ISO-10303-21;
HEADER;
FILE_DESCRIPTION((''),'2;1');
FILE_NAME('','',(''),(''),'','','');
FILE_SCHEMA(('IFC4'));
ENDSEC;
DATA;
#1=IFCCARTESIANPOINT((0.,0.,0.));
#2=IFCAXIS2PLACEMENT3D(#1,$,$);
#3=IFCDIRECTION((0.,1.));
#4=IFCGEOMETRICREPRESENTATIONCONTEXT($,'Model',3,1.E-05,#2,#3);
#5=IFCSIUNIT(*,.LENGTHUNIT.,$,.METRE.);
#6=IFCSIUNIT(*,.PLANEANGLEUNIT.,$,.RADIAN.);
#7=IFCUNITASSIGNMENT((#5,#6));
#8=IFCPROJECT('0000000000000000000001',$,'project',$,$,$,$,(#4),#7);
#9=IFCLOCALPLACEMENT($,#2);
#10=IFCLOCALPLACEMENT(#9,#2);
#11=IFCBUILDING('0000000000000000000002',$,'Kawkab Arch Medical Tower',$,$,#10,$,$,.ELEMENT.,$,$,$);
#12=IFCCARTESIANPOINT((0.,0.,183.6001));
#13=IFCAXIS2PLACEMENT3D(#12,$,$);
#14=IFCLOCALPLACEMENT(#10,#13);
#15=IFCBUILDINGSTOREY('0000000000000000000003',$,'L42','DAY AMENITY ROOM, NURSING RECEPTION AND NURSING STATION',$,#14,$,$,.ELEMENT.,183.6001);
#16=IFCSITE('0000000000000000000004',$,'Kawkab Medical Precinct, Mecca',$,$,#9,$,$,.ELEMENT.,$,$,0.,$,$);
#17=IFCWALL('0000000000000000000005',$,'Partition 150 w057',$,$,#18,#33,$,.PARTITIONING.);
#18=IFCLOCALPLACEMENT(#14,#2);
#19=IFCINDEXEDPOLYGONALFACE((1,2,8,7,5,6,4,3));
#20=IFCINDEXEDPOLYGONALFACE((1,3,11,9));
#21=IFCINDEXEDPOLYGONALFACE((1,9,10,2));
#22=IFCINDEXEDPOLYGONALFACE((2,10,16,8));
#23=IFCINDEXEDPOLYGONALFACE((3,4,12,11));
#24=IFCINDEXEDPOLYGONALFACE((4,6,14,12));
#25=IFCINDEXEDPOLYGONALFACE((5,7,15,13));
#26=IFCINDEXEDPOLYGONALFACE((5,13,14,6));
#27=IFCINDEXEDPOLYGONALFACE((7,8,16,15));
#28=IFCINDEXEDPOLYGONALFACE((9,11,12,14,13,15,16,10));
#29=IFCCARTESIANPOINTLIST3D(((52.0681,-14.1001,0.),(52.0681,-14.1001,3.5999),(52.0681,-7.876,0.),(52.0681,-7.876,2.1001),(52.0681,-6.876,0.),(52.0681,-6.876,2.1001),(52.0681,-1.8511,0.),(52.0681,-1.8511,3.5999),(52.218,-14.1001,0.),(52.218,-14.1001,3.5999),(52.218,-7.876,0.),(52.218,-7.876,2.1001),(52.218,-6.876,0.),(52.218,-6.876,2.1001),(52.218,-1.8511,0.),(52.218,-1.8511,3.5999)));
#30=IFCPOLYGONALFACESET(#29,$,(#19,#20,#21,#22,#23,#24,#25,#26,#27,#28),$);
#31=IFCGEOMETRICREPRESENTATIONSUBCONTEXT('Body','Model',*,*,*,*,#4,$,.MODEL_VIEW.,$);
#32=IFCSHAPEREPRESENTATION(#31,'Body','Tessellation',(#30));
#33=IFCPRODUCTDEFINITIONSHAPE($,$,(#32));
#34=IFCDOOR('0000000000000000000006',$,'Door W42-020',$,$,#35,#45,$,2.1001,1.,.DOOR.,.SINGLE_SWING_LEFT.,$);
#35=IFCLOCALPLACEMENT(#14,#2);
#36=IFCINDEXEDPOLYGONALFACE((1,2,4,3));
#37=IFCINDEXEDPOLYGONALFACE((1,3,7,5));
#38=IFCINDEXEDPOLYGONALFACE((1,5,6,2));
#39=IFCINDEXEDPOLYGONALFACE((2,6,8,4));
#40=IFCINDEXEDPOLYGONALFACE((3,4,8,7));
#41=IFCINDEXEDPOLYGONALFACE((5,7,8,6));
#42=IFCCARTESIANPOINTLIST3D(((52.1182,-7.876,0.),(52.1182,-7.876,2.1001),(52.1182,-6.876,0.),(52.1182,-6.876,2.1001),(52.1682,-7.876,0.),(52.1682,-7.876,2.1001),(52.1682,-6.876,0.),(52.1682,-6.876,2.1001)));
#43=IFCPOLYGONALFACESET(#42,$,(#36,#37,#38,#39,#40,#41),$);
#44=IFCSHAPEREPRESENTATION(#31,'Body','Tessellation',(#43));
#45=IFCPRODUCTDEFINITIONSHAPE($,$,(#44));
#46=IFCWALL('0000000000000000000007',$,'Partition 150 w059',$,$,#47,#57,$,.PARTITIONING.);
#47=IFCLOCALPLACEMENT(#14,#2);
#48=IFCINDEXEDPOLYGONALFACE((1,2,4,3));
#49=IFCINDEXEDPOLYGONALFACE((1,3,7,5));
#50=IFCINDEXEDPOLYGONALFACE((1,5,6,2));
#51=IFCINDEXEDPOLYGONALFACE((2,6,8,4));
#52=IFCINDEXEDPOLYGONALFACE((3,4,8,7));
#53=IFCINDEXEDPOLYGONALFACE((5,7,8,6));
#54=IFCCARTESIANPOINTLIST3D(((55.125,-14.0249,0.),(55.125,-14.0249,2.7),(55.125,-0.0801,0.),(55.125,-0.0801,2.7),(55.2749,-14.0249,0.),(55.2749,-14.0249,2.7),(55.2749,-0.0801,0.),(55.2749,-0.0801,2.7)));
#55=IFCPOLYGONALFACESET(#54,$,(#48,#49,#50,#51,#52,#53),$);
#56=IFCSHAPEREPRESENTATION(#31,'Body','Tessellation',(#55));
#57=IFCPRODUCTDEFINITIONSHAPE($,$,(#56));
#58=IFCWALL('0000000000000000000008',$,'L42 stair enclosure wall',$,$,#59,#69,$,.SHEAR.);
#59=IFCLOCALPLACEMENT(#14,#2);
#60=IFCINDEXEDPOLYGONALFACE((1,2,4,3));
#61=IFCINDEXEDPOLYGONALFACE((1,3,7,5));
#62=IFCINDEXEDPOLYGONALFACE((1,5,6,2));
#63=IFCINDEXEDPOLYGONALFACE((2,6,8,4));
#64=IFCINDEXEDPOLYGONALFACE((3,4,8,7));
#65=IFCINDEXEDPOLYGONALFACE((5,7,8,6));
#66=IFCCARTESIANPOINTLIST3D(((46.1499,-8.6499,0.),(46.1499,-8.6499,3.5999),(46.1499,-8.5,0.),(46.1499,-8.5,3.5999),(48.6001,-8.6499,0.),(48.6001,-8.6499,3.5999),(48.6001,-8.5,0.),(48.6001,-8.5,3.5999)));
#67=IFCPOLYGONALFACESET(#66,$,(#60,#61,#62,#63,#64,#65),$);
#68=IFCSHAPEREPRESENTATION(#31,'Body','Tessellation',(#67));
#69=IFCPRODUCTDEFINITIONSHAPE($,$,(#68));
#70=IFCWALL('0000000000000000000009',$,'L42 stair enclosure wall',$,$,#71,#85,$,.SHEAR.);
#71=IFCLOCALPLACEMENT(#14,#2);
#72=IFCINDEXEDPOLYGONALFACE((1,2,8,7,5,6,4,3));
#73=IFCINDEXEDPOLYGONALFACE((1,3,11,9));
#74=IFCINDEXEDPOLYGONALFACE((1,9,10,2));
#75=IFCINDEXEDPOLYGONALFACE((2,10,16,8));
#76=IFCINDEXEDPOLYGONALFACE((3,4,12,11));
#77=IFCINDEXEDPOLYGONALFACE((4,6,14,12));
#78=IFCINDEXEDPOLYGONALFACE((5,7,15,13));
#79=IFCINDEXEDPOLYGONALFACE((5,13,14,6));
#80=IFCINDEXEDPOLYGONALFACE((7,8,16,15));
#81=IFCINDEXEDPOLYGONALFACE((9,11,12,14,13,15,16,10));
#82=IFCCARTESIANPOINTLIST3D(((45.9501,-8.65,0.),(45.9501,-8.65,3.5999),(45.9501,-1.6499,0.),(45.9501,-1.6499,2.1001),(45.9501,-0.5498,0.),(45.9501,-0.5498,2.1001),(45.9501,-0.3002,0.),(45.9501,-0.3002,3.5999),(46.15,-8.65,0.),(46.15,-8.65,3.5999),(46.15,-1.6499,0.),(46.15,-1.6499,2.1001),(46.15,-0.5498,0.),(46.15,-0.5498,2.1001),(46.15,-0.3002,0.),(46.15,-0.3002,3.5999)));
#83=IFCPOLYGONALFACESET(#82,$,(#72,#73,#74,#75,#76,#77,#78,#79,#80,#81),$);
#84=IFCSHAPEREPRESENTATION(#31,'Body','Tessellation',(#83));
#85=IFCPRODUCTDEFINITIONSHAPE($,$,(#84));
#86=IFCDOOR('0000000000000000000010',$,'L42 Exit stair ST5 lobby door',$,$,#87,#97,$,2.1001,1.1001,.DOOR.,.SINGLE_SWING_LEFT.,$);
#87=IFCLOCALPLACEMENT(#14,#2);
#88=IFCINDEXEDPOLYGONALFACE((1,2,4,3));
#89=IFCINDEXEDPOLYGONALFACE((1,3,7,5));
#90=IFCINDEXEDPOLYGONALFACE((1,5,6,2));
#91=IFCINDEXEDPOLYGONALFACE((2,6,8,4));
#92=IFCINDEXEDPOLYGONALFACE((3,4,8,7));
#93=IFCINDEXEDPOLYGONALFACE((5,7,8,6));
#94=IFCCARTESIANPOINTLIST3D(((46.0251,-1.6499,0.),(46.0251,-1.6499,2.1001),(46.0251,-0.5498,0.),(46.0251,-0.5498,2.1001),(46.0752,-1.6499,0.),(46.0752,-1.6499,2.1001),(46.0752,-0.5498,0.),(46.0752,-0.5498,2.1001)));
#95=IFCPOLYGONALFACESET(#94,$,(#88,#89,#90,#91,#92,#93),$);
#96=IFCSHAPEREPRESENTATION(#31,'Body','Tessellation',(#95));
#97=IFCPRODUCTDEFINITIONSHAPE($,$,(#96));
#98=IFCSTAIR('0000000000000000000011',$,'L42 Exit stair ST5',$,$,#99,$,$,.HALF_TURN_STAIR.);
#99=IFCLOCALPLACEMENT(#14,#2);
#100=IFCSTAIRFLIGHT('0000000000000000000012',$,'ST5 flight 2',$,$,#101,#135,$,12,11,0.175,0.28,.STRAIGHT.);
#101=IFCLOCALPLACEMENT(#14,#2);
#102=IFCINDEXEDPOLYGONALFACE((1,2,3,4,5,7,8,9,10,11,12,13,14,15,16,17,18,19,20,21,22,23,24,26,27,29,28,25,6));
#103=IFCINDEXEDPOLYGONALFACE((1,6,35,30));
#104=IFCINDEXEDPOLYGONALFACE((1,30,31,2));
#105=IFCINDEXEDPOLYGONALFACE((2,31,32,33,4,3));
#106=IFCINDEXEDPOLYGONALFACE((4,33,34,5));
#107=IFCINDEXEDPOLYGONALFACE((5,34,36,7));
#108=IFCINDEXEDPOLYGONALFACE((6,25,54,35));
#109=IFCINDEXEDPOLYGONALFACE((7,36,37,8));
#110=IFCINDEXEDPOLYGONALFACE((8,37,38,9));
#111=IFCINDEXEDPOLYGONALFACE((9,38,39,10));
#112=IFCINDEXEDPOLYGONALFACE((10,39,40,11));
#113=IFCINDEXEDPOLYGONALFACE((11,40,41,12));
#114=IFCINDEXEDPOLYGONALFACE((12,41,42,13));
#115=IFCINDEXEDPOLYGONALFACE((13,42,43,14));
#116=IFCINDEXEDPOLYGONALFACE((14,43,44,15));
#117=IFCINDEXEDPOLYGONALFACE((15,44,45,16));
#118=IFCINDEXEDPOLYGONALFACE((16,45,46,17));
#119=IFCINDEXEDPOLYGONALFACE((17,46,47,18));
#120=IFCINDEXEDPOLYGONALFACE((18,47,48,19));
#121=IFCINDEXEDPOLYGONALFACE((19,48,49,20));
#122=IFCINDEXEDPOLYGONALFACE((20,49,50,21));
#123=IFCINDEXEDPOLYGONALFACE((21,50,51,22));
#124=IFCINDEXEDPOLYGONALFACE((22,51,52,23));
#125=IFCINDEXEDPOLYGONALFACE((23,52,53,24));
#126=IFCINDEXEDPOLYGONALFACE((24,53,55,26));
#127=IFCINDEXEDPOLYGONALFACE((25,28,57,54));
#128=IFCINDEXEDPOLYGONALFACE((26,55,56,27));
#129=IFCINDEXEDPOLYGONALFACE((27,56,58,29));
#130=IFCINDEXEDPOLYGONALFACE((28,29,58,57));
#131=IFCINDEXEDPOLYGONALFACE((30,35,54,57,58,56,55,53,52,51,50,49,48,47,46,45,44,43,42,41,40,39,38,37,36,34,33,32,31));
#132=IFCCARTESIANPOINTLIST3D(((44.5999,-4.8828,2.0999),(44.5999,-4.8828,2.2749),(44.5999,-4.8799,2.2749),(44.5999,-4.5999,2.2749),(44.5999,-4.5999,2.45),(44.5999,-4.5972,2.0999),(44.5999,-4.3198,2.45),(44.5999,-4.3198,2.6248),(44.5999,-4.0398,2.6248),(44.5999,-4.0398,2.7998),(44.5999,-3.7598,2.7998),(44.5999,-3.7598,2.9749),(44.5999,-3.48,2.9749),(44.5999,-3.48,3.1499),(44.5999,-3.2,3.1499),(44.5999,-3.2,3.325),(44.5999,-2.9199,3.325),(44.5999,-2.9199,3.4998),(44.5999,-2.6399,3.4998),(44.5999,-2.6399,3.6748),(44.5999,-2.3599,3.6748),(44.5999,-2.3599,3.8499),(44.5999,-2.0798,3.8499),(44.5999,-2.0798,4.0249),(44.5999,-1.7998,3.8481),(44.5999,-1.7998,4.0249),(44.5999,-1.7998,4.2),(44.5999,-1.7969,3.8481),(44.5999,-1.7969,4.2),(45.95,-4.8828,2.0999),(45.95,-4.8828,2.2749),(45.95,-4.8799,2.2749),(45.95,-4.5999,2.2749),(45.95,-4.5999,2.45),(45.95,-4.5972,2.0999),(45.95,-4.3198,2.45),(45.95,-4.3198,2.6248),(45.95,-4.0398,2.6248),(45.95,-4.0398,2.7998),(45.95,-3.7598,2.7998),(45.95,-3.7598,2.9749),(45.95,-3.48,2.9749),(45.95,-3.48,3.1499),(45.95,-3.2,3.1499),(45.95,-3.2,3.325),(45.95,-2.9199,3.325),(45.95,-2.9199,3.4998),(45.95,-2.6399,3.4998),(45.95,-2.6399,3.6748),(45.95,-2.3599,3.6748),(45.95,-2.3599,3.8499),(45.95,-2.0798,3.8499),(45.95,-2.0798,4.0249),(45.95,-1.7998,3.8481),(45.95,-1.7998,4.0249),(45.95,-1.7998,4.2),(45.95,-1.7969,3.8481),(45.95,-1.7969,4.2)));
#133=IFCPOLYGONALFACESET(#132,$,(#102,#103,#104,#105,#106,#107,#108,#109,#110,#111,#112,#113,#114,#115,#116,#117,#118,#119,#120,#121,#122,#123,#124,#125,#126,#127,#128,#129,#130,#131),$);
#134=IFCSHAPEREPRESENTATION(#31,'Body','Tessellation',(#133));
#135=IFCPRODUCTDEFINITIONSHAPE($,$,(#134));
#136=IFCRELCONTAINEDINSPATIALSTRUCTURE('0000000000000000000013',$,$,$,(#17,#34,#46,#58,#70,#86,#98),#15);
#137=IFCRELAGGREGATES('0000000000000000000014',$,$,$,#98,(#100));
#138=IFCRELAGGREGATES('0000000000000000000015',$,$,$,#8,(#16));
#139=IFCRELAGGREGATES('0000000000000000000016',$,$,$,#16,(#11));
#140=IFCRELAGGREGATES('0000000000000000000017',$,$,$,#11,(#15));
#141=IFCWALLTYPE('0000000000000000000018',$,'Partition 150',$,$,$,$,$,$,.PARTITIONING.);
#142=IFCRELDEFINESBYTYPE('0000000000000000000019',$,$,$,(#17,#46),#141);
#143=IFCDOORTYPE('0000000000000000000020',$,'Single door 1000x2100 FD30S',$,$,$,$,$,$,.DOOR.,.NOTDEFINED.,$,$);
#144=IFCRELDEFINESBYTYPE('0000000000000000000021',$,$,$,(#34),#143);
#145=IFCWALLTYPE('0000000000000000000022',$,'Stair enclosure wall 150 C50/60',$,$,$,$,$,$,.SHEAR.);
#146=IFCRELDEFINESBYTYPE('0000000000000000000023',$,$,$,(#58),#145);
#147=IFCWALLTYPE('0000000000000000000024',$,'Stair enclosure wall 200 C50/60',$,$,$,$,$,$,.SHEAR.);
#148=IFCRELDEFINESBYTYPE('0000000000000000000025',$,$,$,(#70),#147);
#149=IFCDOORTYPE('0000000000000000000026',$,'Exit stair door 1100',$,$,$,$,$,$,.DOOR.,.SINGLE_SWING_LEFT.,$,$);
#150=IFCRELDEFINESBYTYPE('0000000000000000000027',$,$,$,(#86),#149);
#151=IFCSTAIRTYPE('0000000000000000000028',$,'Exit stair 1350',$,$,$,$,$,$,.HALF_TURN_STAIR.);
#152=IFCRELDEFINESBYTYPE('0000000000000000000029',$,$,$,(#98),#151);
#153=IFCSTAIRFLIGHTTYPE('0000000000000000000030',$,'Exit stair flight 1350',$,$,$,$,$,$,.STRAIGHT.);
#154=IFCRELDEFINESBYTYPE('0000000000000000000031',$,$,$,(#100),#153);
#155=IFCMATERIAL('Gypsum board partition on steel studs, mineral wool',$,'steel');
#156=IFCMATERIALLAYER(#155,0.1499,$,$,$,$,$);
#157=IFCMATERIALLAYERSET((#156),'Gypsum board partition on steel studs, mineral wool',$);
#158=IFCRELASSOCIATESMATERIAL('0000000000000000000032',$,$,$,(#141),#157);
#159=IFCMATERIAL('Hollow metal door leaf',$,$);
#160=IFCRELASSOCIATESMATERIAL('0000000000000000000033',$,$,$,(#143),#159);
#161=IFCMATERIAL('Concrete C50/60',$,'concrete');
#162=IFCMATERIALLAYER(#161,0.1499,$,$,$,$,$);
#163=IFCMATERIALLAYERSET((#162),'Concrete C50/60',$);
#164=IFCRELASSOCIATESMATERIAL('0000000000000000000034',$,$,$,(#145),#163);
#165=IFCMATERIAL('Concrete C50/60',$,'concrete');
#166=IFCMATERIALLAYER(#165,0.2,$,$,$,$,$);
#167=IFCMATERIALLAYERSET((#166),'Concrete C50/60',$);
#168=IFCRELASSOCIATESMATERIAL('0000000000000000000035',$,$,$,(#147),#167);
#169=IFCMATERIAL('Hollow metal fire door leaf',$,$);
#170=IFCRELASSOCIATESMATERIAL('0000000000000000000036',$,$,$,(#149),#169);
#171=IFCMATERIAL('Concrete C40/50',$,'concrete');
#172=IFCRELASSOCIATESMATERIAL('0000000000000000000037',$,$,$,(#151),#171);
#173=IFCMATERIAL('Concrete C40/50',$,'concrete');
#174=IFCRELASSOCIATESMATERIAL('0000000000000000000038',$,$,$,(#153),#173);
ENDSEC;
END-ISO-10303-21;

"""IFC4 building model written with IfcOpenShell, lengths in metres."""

from ifc_helpers import new_model, si_unit, direction, frame, frame_2d, origin, place, context, subcontext, project, spatial, polyline, rectangle, outline, extrude, material, layer, layer_set, type_object, element, fill, aggregate, save


model = new_model("IFC4")

# Units and contexts
model_context = context("Model", 3, precision=1e-05, world=origin(), true_north=direction((0.0, 1.0)))
body_context = subcontext(model_context, "Body", "Model", "MODEL_VIEW")
ifc_project = project(units=[si_unit("LENGTHUNIT", "METRE"), si_unit("PLANEANGLEUNIT", "RADIAN")], contexts=[model_context])

# Site, building, storey
site_placement = place(None, origin())
site = spatial("IfcSite", under=ifc_project, at=site_placement, Name="Kawkab Medical Precinct, Mecca", CompositionType="ELEMENT", RefElevation=0.0)
building_placement = place(site_placement, origin())
building = spatial("IfcBuilding", under=site, at=building_placement, Name="Kawkab Arch Medical Tower", CompositionType="ELEMENT")
storey_placement = place(building_placement, frame((0.0, 0.0, 183.6001)))
storey = spatial("IfcBuildingStorey", under=building, at=storey_placement, Name="L42", Description="DAY AMENITY ROOM, NURSING RECEPTION AND NURSING STATION", CompositionType="ELEMENT", Elevation=183.6001)

# Shared definitions
ifc_material_1 = material(Name="Gypsum board partition on steel studs, mineral wool", Category="steel")
ifc_layer_1 = layer(ifc_material_1, 0.1499)
ifc_layer_set_1 = layer_set([ifc_layer_1], Name="Gypsum board partition on steel studs, mineral wool")
wall_type_1 = type_object("IfcWallType", Name="Partition 150", PredefinedType="PARTITIONING", material=ifc_layer_set_1)
ifc_material_2 = material(Name="Hollow metal door leaf")
door_type_1 = type_object("IfcDoorType", Name="Single door 1000x2100 FD30S", OperationType="NOTDEFINED", PredefinedType="DOOR", material=ifc_material_2)

# Wall, opening, door
wall_1_placement = place(storey_placement, frame((52.1431, -14.1001, 0.0), z_axis=(0.0, 0.0, 1.0), x_axis=(0.0, 1.0, 0.0)))
wall_1 = element("IfcWall", 1, at=wall_1_placement, inside=storey, type_object=wall_type_1, Name="Partition 150 w057", PredefinedType="PARTITIONING", context=body_context, shape_type="SweptSolid", body=[
    extrude(rectangle(XDim=12.249, YDim=0.1499, at=frame_2d((6.1245, 0.0))), origin(), (0.0, 0.0, 1.0), 3.5999),
])
opening_1_placement = place(wall_1_placement, frame((6.2241, 0.0, 0.0)))
opening_1 = element("IfcOpeningElement", 2, at=opening_1_placement, cuts=wall_1, PredefinedType="OPENING", context=body_context, shape_type="SweptSolid", body=[
    extrude(rectangle(XDim=1.0, YDim=2.1001, at=frame_2d((0.5, 1.05))), frame((0.0, 0.085, 0.0), z_axis=(0.0, -1.0, 0.0), x_axis=(1.0, 0.0, 0.0)), (0.0, 0.0, 1.0), 0.1699),
])
door_1_placement = place(opening_1_placement, origin())
door_1 = element("IfcDoor", 3, at=door_1_placement, inside=storey, type_object=door_type_1, Name="Door W42-020", OperationType="SINGLE_SWING_LEFT", OverallHeight=2.1001, OverallWidth=1.0, PredefinedType="DOOR", context=body_context, shape_type="SweptSolid", body=[
    extrude(rectangle(XDim=1.0, YDim=2.1001, at=frame_2d((0.5, 1.05))), frame((0.0, 0.0249, 0.0), z_axis=(0.0, -1.0, 0.0), x_axis=(1.0, 0.0, 0.0)), (0.0, 0.0, 1.0), 0.05),
])
fill(opening_1, door_1)

# Walls
wall_2_placement = place(storey_placement, frame((55.2, -14.0249, 0.0), z_axis=(0.0, 0.0, 1.0), x_axis=(0.0, 1.0, 0.0)))
element("IfcWall", 4, at=wall_2_placement, inside=storey, type_object=wall_type_1, Name="Partition 150 w059", PredefinedType="PARTITIONING", context=body_context, shape_type="SweptSolid", body=[
    extrude(rectangle(XDim=13.9448, YDim=0.1499, at=frame_2d((6.9724, 0.0))), origin(), (0.0, 0.0, 1.0), 2.7),
])
ifc_material_3 = material(Name="Concrete C50/60", Category="concrete")
ifc_layer_2 = layer(ifc_material_3, 0.1499)
ifc_layer_set_2 = layer_set([ifc_layer_2], Name="Concrete C50/60")
wall_type_2 = type_object("IfcWallType", Name="Stair enclosure wall 150 C50/60", PredefinedType="SHEAR", material=ifc_layer_set_2)
wall_3_placement = place(storey_placement, frame((46.1499, -8.575, 0.0), z_axis=(0.0, 0.0, 1.0), x_axis=(1.0, 0.0, 0.0)))
element("IfcWall", 5, at=wall_3_placement, inside=storey, type_object=wall_type_2, Name="L42 stair enclosure wall", PredefinedType="SHEAR", context=body_context, shape_type="SweptSolid", body=[
    extrude(rectangle(XDim=2.4502, YDim=0.1499, at=frame_2d((1.2251, 0.0))), origin(), (0.0, 0.0, 1.0), 3.5999),
])

# Wall, opening, door
ifc_material_4 = material(Name="Concrete C50/60", Category="concrete")
ifc_layer_3 = layer(ifc_material_4, 0.2)
ifc_layer_set_3 = layer_set([ifc_layer_3], Name="Concrete C50/60")
wall_type_3 = type_object("IfcWallType", Name="Stair enclosure wall 200 C50/60", PredefinedType="SHEAR", material=ifc_layer_set_3)
wall_4_placement = place(storey_placement, frame((46.05, -8.6499, 0.0), z_axis=(0.0, 0.0, 1.0), x_axis=(0.0, 1.0, 0.0)))
wall_4 = element("IfcWall", 6, at=wall_4_placement, inside=storey, type_object=wall_type_3, Name="L42 stair enclosure wall", PredefinedType="SHEAR", context=body_context, shape_type="SweptSolid", body=[
    extrude(rectangle(XDim=8.3499, YDim=0.2, at=frame_2d((4.1748, 0.0))), origin(), (0.0, 0.0, 1.0), 3.5999),
])
opening_2_placement = place(wall_4_placement, frame((7.0, 0.0, 0.0)))
opening_2 = element("IfcOpeningElement", 7, at=opening_2_placement, cuts=wall_4, PredefinedType="OPENING", context=body_context, shape_type="SweptSolid", body=[
    extrude(rectangle(XDim=1.1001, YDim=2.1001, at=frame_2d((0.55, 1.05))), frame((0.0, 0.1099, 0.0), z_axis=(0.0, -1.0, 0.0), x_axis=(1.0, 0.0, 0.0)), (0.0, 0.0, 1.0), 0.22),
])
ifc_material_5 = material(Name="Hollow metal fire door leaf")
door_type_2 = type_object("IfcDoorType", Name="Exit stair door 1100", OperationType="SINGLE_SWING_LEFT", PredefinedType="DOOR", material=ifc_material_5)
door_2_placement = place(opening_2_placement, origin())
door_2 = element("IfcDoor", 8, at=door_2_placement, inside=storey, type_object=door_type_2, Name="L42 Exit stair ST5 lobby door", OperationType="SINGLE_SWING_LEFT", OverallHeight=2.1001, OverallWidth=1.1001, PredefinedType="DOOR", context=body_context, shape_type="SweptSolid", body=[
    extrude(rectangle(XDim=1.1001, YDim=2.1001, at=frame_2d((0.55, 1.05))), frame((0.0, 0.0249, 0.0), z_axis=(0.0, -1.0, 0.0), x_axis=(1.0, 0.0, 0.0)), (0.0, 0.0, 1.0), 0.05),
])
fill(opening_2, door_2)

# Stair, stair flight
ifc_material_6 = material(Name="Concrete C40/50", Category="concrete")
stair_type = type_object("IfcStairType", Name="Exit stair 1350", PredefinedType="HALF_TURN_STAIR", material=ifc_material_6)
stair_placement = place(storey_placement, origin())
stair = element("IfcStair", 9, at=stair_placement, inside=storey, type_object=stair_type, Name="L42 Exit stair ST5", PredefinedType="HALF_TURN_STAIR")
ifc_material_7 = material(Name="Concrete C40/50", Category="concrete")
stair_flight_type = type_object("IfcStairFlightType", Name="Exit stair flight 1350", PredefinedType="STRAIGHT", material=ifc_material_7)
stair_flight_placement = place(storey_placement, frame((45.2749, -4.8799, 2.0999), z_axis=(0.0, 0.0, 1.0), x_axis=(0.0, 1.0, 0.0)))
stair_flight = element("IfcStairFlight", 10, at=stair_flight_placement, type_object=stair_flight_type, Name="ST5 flight 2", NumberOfRisers=12, NumberOfTreads=11, PredefinedType="STRAIGHT", RiserHeight=0.175, TreadLength=0.28, context=body_context, shape_type="SweptSolid", body=[
    extrude(outline(polyline([(-0.0029, 0.0), (-0.0029, 0.175), (0.0, 0.175), (0.28, 0.175), (0.28, 0.3501), (0.5601, 0.3501), (0.5601, 0.5249), (0.8401, 0.5249), (0.8401, 0.7), (1.1201, 0.7), (1.1201, 0.875), (1.3999, 0.875), (1.3999, 1.05), (1.6799, 1.05), (1.6799, 1.2251), (1.96, 1.2251), (1.96, 1.3999), (2.24, 1.3999), (2.24, 1.575), (2.52, 1.575), (2.52, 1.75), (2.8, 1.75), (2.8, 1.925), (3.0801, 1.925), (3.0801, 2.1001), (3.083, 2.1001), (3.083, 1.7483), (3.0801, 1.7483), (0.2827, 0.0), (-0.0029, 0.0)])), frame((0.0, 0.675, 0.0), z_axis=(0.0, -1.0, 0.0), x_axis=(1.0, 0.0, 0.0)), (0.0, 0.0, 1.0), 1.3501),
])
aggregate(stair, [stair_flight])

save(model, "model.ifc")
